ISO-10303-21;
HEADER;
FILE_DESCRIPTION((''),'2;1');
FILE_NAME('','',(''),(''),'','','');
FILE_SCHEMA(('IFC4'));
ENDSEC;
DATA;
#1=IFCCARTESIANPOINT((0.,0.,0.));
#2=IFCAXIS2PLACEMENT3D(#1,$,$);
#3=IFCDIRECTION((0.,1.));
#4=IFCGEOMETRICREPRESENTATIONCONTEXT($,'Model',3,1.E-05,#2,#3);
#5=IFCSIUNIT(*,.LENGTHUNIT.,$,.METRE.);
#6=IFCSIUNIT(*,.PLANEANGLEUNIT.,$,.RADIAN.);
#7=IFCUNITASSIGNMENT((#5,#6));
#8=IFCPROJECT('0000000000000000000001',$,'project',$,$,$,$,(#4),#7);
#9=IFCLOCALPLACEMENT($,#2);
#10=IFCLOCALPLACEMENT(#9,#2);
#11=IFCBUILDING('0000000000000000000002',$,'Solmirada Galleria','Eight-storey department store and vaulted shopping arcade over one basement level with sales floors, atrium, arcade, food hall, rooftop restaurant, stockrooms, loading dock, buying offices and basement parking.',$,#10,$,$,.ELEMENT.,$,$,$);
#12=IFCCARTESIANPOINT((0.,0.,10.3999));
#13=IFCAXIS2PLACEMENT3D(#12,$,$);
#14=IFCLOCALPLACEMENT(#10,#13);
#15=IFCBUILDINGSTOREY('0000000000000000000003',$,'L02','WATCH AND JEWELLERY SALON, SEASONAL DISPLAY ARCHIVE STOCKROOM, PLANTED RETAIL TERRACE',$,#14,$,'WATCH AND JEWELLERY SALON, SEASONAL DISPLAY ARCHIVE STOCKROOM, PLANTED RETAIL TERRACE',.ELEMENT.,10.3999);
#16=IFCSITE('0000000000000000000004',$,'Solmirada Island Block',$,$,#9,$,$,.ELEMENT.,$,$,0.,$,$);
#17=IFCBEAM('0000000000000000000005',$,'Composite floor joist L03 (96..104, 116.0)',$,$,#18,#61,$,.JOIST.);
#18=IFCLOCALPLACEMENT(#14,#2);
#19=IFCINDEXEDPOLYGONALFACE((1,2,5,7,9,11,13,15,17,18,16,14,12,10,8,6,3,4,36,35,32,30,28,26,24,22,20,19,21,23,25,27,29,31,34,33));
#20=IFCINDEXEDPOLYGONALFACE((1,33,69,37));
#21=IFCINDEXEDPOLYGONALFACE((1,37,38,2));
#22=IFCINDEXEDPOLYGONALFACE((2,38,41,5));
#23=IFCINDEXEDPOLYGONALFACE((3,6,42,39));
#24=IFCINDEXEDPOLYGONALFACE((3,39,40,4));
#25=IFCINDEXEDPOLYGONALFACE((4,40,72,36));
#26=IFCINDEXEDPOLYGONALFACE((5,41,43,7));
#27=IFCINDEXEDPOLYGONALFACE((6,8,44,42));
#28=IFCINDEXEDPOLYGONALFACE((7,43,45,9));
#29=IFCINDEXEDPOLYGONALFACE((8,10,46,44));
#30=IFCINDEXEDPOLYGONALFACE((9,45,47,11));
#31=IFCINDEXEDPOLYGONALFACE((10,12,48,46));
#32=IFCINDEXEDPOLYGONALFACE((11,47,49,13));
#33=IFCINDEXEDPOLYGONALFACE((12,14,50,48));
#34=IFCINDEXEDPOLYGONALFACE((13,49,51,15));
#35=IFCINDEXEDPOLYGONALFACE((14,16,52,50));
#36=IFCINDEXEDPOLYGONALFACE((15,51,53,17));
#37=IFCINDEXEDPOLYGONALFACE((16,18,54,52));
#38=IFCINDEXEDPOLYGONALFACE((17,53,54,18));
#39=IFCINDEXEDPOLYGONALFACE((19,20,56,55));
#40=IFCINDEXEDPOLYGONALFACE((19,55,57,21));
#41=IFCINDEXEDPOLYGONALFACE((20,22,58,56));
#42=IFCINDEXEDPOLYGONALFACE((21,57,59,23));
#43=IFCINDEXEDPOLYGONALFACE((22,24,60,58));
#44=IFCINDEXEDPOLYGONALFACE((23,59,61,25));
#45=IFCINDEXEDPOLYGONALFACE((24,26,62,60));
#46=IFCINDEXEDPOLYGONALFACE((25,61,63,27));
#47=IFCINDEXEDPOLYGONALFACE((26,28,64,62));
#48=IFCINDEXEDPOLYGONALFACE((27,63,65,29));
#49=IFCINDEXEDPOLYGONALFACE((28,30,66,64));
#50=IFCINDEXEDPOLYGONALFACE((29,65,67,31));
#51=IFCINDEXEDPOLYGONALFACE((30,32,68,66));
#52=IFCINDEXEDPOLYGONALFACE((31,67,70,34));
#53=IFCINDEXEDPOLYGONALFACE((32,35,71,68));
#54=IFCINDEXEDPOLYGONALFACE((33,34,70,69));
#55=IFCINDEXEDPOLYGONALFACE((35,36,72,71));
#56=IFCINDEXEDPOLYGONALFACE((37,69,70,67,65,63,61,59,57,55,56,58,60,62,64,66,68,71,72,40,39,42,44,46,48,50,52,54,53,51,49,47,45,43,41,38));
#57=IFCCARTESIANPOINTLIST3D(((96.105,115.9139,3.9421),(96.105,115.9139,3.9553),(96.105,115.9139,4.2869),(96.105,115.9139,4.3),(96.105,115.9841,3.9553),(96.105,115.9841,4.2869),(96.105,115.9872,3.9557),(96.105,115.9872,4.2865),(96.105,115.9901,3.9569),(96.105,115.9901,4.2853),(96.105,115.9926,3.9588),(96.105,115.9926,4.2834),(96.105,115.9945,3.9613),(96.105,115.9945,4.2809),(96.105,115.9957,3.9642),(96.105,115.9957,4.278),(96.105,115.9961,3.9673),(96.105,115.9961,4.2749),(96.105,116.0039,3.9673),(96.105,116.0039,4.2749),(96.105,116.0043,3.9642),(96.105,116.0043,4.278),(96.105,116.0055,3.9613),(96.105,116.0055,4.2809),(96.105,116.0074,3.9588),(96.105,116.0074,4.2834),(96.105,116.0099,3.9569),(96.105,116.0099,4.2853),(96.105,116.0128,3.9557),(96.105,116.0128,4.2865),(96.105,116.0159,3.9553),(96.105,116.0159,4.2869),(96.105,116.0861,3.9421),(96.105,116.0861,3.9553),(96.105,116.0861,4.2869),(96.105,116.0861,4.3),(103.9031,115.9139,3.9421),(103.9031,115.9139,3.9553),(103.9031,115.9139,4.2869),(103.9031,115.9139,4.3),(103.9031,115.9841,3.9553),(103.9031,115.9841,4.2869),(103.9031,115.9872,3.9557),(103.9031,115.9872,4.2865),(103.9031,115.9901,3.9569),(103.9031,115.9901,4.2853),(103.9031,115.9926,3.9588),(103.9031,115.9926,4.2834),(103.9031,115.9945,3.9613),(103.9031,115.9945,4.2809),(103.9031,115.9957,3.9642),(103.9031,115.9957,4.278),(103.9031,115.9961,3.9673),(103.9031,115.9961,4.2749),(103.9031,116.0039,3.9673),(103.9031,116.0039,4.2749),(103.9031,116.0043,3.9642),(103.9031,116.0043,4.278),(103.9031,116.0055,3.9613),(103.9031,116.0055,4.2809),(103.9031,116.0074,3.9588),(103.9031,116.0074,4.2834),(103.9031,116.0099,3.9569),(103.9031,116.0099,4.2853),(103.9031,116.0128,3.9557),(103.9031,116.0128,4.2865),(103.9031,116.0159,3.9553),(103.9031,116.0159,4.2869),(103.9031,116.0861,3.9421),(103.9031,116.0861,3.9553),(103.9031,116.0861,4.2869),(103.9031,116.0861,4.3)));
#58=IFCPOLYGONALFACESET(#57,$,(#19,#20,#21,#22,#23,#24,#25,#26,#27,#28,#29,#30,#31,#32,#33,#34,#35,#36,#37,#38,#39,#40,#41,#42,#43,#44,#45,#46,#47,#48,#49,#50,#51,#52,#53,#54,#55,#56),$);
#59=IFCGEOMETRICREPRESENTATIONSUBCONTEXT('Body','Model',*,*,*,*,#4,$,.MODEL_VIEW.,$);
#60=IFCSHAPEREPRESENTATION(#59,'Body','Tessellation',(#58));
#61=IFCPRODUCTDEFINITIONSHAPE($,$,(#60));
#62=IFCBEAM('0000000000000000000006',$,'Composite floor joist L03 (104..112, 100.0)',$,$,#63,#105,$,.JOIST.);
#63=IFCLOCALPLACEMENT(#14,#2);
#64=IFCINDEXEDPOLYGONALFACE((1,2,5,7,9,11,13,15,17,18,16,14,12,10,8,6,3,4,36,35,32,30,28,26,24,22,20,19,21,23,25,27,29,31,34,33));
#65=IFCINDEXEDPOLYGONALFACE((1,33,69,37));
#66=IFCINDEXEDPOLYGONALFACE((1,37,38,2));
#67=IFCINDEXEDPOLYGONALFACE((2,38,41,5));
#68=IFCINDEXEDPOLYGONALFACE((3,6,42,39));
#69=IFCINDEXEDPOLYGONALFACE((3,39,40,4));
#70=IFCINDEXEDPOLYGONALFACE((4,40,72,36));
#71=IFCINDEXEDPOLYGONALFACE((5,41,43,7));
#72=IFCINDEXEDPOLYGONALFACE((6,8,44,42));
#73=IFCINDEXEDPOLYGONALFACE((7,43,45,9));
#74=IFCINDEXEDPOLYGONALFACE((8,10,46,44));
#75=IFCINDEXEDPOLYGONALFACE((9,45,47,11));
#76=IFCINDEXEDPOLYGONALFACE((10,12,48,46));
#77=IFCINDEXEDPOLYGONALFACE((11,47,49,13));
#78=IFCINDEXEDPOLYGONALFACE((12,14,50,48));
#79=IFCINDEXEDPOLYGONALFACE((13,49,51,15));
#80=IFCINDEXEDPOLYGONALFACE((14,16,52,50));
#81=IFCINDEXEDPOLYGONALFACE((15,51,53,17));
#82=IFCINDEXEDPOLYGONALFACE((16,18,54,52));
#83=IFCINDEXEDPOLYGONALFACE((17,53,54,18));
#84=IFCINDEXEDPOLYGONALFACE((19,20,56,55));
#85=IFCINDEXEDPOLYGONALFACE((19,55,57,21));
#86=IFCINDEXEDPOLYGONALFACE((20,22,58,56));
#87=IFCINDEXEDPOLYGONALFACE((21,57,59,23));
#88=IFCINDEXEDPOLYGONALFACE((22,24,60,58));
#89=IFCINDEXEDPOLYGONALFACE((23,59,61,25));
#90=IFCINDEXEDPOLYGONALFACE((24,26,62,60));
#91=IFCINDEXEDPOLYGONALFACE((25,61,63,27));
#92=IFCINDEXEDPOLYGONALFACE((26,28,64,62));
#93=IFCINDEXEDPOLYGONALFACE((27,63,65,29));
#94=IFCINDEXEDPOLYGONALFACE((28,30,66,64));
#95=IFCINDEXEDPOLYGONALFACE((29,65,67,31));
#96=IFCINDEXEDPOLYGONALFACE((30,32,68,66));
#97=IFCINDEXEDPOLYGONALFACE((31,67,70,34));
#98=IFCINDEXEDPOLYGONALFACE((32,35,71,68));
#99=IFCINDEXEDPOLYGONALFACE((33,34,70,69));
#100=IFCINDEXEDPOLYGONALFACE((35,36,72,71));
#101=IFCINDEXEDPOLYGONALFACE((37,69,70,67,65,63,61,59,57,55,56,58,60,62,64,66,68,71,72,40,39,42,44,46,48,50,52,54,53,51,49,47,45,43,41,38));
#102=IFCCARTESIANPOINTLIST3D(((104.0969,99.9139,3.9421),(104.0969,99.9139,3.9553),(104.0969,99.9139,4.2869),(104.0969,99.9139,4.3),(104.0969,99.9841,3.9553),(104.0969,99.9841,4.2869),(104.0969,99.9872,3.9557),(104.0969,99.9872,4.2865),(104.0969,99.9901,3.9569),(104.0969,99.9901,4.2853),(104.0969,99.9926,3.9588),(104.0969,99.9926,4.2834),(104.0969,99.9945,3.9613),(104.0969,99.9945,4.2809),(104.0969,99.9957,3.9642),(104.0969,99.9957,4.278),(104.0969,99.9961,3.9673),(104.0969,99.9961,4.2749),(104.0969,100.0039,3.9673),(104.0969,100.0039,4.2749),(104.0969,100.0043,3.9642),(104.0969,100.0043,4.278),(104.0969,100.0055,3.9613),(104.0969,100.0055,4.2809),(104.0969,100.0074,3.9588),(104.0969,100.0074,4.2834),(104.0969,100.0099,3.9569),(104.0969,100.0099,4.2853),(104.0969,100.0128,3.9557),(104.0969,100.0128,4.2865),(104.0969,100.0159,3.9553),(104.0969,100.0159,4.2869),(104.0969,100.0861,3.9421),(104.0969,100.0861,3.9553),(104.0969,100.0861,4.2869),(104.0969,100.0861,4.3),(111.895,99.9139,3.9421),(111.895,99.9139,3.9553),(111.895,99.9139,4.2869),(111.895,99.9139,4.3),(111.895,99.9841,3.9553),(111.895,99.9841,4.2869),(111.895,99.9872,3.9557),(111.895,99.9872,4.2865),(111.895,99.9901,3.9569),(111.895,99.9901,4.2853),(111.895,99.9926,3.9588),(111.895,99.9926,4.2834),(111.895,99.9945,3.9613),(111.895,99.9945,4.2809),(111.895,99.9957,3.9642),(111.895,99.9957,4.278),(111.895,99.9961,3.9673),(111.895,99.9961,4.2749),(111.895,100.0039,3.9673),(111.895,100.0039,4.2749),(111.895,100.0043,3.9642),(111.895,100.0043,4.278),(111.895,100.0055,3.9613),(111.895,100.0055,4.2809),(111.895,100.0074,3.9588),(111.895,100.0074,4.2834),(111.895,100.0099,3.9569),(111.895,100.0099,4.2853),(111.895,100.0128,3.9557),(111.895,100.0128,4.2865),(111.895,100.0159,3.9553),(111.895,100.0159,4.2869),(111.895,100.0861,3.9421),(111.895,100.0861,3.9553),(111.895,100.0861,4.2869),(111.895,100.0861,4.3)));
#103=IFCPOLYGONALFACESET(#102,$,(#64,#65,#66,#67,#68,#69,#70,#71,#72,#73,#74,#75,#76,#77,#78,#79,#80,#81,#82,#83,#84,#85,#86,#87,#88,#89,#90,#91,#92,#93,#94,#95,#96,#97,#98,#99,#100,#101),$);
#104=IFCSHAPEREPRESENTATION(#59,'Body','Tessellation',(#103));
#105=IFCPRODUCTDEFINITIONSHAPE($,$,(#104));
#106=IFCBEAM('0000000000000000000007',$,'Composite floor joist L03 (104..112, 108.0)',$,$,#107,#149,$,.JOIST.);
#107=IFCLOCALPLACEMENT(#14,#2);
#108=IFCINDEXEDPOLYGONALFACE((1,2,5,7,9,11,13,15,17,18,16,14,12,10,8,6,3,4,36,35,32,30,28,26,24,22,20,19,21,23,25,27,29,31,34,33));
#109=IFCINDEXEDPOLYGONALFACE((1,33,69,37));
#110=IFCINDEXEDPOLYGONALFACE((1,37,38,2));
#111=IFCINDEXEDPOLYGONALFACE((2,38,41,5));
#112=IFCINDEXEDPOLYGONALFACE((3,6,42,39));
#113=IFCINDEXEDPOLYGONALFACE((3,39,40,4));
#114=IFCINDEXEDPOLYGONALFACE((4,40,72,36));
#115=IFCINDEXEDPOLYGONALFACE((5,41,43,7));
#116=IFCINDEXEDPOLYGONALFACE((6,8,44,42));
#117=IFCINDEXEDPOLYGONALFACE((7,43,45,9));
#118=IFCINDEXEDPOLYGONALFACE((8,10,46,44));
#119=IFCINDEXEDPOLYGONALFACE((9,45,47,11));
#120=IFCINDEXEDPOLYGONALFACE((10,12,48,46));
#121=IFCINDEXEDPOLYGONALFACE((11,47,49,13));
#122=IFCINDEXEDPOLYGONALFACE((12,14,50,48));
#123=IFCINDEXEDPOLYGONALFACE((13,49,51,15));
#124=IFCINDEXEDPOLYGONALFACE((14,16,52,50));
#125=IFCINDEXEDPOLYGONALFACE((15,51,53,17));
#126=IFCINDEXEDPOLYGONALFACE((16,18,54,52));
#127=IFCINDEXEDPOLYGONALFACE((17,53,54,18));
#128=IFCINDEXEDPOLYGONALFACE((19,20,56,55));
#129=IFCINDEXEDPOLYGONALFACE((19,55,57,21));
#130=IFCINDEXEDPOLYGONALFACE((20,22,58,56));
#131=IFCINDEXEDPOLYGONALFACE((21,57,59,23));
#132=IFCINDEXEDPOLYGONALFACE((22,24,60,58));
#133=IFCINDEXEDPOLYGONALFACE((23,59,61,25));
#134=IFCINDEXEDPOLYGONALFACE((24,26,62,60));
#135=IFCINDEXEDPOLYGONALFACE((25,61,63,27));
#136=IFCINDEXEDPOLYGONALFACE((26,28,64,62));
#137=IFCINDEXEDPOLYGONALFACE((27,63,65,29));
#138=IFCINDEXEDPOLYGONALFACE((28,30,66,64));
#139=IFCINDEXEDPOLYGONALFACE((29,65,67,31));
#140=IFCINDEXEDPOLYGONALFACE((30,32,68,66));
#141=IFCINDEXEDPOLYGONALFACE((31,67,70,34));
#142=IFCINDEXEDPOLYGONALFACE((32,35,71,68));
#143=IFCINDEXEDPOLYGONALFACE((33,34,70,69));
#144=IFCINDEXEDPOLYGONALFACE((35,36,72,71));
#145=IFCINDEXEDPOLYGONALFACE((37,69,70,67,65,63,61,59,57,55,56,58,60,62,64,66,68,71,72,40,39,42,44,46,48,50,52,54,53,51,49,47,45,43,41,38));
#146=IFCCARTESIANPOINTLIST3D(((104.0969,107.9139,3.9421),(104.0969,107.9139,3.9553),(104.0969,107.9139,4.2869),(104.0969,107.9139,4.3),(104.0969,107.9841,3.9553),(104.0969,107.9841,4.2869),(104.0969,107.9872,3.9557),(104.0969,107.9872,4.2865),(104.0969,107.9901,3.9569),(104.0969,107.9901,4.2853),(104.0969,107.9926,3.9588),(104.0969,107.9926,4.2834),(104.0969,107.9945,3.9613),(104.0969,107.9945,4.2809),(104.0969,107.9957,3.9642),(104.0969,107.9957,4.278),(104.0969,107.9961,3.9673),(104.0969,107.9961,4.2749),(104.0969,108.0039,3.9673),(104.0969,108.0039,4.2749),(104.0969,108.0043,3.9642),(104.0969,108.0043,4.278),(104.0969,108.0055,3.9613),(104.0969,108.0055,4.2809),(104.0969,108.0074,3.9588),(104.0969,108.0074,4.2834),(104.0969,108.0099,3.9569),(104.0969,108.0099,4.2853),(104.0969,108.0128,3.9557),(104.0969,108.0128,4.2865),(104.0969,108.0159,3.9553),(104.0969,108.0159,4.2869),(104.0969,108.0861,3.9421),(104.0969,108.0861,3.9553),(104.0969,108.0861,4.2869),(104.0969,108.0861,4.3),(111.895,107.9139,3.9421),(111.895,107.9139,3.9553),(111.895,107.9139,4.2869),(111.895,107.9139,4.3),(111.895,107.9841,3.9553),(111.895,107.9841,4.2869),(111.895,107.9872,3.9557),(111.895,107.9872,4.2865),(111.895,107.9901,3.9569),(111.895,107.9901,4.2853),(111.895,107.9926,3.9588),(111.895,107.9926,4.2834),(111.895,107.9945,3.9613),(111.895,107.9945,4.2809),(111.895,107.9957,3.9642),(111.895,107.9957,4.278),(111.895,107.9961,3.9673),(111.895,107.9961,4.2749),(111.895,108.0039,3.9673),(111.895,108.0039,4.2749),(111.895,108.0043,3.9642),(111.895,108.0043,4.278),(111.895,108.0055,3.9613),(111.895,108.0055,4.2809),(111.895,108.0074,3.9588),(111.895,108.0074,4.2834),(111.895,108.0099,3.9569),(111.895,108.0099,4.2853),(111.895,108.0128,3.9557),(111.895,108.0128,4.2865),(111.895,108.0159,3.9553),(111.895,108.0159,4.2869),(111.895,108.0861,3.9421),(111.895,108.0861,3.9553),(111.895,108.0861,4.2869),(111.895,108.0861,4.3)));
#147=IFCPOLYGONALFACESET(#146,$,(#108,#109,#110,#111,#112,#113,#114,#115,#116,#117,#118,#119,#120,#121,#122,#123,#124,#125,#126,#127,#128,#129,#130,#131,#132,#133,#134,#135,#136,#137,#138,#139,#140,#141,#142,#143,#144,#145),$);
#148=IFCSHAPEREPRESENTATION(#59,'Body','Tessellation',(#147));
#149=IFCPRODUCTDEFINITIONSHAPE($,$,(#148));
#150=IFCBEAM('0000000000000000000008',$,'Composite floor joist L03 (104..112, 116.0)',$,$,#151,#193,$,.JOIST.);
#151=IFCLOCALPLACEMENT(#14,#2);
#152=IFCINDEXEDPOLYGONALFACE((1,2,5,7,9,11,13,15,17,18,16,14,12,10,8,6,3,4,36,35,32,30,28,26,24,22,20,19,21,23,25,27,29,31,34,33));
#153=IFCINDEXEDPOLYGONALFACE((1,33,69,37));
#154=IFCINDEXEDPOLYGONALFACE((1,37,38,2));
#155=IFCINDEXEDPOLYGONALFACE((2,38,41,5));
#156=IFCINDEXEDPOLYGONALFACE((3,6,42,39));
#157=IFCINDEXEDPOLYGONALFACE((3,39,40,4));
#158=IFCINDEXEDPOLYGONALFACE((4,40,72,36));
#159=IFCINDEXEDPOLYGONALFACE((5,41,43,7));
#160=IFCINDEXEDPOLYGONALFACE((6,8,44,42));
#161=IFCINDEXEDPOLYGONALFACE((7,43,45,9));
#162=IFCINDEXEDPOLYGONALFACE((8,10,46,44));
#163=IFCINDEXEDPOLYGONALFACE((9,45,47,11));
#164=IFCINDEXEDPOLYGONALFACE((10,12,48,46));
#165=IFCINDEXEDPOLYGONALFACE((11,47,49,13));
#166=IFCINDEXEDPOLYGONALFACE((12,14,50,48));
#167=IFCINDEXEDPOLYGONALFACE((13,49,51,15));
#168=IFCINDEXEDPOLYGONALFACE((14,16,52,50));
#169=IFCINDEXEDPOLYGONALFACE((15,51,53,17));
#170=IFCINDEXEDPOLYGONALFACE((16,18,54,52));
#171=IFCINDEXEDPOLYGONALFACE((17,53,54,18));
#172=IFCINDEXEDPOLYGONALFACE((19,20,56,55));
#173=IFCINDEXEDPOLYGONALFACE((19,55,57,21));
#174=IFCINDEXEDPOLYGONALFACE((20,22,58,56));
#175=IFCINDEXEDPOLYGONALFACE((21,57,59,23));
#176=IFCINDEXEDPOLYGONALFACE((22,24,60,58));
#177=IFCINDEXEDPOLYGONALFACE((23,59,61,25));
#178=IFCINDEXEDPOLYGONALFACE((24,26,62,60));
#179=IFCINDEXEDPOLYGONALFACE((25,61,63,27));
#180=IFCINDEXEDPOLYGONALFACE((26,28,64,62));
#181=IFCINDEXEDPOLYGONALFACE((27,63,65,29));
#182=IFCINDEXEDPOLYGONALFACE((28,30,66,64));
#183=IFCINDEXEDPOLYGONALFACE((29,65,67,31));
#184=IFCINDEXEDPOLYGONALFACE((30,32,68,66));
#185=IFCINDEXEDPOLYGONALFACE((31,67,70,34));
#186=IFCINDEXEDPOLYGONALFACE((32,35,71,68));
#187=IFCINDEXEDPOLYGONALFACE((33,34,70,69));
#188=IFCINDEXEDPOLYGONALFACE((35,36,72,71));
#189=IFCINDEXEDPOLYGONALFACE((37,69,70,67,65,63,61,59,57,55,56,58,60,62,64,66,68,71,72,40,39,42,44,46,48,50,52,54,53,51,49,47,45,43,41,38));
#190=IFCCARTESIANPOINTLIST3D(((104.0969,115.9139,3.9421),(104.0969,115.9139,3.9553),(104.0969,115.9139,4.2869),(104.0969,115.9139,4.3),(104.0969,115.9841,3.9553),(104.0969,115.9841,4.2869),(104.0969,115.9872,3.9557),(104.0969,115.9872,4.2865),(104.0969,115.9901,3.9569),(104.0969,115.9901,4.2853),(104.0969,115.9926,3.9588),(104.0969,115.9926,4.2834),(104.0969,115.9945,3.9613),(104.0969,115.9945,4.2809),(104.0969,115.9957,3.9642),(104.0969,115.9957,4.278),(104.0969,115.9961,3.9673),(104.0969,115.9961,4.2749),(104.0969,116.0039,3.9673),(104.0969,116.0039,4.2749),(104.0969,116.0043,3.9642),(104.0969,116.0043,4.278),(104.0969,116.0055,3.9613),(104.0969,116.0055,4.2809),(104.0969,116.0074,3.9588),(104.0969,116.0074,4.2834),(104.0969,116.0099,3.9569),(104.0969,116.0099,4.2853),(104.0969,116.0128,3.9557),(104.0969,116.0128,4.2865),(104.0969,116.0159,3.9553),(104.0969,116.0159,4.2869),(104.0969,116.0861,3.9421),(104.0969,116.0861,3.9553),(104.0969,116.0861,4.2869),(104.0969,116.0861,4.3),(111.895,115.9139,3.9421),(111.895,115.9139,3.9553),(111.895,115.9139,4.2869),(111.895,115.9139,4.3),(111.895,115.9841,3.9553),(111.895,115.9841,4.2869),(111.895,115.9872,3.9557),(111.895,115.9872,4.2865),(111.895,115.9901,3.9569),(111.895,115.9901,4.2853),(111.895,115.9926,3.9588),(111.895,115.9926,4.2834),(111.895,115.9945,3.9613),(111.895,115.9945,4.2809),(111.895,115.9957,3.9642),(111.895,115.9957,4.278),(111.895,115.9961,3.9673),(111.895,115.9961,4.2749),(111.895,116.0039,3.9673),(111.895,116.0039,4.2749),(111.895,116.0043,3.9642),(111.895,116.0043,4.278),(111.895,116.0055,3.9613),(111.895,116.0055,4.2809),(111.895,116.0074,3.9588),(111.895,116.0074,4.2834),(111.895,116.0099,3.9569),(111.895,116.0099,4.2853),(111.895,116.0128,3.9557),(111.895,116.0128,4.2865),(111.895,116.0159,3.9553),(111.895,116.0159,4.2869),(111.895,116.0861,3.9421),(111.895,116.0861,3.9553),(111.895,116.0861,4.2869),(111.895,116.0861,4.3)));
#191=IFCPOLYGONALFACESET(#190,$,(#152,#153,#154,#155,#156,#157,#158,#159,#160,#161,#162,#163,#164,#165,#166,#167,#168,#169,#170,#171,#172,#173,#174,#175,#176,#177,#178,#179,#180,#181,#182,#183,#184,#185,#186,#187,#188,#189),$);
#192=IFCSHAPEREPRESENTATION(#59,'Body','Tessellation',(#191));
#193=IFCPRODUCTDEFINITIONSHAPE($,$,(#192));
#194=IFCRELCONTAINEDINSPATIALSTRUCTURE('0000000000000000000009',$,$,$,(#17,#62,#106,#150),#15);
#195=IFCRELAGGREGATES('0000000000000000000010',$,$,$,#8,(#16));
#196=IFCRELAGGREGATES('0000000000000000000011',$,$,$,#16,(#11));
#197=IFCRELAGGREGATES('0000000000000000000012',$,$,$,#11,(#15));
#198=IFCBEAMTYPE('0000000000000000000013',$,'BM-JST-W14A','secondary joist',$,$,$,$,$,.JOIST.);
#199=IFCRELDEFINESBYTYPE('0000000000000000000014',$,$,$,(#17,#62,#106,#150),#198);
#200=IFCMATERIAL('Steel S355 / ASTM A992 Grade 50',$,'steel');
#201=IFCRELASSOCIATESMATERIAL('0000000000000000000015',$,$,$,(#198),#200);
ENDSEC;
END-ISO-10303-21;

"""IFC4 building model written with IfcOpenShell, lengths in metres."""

from ifc_helpers import new_model, si_unit, direction, frame, origin, origin_2d, place, context, subcontext, project, spatial, i_section, extrude, material, material_profile, profile_set, type_object, element, save


model = new_model("IFC4")

# Units and contexts
model_context = context("Model", 3, precision=1e-05, world=origin(), true_north=direction((0.0, 1.0)))
body_context = subcontext(model_context, "Body", "Model", "MODEL_VIEW")
ifc_project = project(units=[si_unit("LENGTHUNIT", "METRE"), si_unit("PLANEANGLEUNIT", "RADIAN")], contexts=[model_context])

# Site, building, storey
site_placement = place(None, origin())
site = spatial("IfcSite", under=ifc_project, at=site_placement, Name="Solmirada Island Block", CompositionType="ELEMENT", RefElevation=0.0)
building_placement = place(site_placement, origin())
building = spatial("IfcBuilding", under=site, at=building_placement, Name="Solmirada Galleria", Description="Eight-storey department store and vaulted shopping arcade over one basement level with sales floors, atrium, arcade, food hall, rooftop restaurant, stockrooms, loading dock, buying offices and basement parking.", CompositionType="ELEMENT")
storey_placement = place(building_placement, frame((0.0, 0.0, 10.3999)))
storey = spatial("IfcBuildingStorey", under=building, at=storey_placement, Name="L02", Description="WATCH AND JEWELLERY SALON, SEASONAL DISPLAY ARCHIVE STOCKROOM, PLANTED RETAIL TERRACE", LongName="WATCH AND JEWELLERY SALON, SEASONAL DISPLAY ARCHIVE STOCKROOM, PLANTED RETAIL TERRACE", CompositionType="ELEMENT", Elevation=10.3999)

# Beams
ifc_material_1 = material(Name="Steel S355 / ASTM A992 Grade 50", Category="steel")
ifc_material_profile_1 = material_profile(ifc_material_1, i_section(OverallWidth=0.1721, OverallDepth=0.3579, WebThickness=0.0078, FlangeThickness=0.0132, FilletRadius=0.012, at=origin_2d()), Name="W14X38")
ifc_profile_set_1 = profile_set([ifc_material_profile_1], Name="Steel S355 / ASTM A992 Grade 50")
beam_type_1 = type_object("IfcBeamType", Name="BM-JST-W14A", Description="secondary joist", PredefinedType="JOIST", material=ifc_profile_set_1)
for number, where, z_axis, x_axis, name in (
    (1, (96.105, 116.0, 4.1211), (1.0, 0.0, 0.0), (0.0, 1.0, 0.0), "Composite floor joist L03 (96..104, 116.0)"),
    (2, (104.0969, 100.0, 4.1211), (1.0, 0.0, 0.0), (0.0, 1.0, 0.0), "Composite floor joist L03 (104..112, 100.0)"),
    (3, (104.0969, 108.0, 4.1211), (1.0, 0.0, 0.0), (0.0, 1.0, 0.0), "Composite floor joist L03 (104..112, 108.0)"),
    (4, (104.0969, 116.0, 4.1211), (1.0, 0.0, 0.0), (0.0, 1.0, 0.0), "Composite floor joist L03 (104..112, 116.0)"),
):
    element("IfcBeam", number, at=place(storey_placement, frame(where, z_axis=z_axis, x_axis=x_axis)), inside=storey, type_object=beam_type_1, Name=name, PredefinedType="JOIST", context=body_context, shape_type="SweptSolid", body=[
        extrude(i_section(OverallWidth=0.1721, OverallDepth=0.3579, WebThickness=0.0078, FlangeThickness=0.0132, FilletRadius=0.012, at=origin_2d()), origin(), (0.0, 0.0, 1.0), 7.7981),
    ])

save(model, "model.ifc")
